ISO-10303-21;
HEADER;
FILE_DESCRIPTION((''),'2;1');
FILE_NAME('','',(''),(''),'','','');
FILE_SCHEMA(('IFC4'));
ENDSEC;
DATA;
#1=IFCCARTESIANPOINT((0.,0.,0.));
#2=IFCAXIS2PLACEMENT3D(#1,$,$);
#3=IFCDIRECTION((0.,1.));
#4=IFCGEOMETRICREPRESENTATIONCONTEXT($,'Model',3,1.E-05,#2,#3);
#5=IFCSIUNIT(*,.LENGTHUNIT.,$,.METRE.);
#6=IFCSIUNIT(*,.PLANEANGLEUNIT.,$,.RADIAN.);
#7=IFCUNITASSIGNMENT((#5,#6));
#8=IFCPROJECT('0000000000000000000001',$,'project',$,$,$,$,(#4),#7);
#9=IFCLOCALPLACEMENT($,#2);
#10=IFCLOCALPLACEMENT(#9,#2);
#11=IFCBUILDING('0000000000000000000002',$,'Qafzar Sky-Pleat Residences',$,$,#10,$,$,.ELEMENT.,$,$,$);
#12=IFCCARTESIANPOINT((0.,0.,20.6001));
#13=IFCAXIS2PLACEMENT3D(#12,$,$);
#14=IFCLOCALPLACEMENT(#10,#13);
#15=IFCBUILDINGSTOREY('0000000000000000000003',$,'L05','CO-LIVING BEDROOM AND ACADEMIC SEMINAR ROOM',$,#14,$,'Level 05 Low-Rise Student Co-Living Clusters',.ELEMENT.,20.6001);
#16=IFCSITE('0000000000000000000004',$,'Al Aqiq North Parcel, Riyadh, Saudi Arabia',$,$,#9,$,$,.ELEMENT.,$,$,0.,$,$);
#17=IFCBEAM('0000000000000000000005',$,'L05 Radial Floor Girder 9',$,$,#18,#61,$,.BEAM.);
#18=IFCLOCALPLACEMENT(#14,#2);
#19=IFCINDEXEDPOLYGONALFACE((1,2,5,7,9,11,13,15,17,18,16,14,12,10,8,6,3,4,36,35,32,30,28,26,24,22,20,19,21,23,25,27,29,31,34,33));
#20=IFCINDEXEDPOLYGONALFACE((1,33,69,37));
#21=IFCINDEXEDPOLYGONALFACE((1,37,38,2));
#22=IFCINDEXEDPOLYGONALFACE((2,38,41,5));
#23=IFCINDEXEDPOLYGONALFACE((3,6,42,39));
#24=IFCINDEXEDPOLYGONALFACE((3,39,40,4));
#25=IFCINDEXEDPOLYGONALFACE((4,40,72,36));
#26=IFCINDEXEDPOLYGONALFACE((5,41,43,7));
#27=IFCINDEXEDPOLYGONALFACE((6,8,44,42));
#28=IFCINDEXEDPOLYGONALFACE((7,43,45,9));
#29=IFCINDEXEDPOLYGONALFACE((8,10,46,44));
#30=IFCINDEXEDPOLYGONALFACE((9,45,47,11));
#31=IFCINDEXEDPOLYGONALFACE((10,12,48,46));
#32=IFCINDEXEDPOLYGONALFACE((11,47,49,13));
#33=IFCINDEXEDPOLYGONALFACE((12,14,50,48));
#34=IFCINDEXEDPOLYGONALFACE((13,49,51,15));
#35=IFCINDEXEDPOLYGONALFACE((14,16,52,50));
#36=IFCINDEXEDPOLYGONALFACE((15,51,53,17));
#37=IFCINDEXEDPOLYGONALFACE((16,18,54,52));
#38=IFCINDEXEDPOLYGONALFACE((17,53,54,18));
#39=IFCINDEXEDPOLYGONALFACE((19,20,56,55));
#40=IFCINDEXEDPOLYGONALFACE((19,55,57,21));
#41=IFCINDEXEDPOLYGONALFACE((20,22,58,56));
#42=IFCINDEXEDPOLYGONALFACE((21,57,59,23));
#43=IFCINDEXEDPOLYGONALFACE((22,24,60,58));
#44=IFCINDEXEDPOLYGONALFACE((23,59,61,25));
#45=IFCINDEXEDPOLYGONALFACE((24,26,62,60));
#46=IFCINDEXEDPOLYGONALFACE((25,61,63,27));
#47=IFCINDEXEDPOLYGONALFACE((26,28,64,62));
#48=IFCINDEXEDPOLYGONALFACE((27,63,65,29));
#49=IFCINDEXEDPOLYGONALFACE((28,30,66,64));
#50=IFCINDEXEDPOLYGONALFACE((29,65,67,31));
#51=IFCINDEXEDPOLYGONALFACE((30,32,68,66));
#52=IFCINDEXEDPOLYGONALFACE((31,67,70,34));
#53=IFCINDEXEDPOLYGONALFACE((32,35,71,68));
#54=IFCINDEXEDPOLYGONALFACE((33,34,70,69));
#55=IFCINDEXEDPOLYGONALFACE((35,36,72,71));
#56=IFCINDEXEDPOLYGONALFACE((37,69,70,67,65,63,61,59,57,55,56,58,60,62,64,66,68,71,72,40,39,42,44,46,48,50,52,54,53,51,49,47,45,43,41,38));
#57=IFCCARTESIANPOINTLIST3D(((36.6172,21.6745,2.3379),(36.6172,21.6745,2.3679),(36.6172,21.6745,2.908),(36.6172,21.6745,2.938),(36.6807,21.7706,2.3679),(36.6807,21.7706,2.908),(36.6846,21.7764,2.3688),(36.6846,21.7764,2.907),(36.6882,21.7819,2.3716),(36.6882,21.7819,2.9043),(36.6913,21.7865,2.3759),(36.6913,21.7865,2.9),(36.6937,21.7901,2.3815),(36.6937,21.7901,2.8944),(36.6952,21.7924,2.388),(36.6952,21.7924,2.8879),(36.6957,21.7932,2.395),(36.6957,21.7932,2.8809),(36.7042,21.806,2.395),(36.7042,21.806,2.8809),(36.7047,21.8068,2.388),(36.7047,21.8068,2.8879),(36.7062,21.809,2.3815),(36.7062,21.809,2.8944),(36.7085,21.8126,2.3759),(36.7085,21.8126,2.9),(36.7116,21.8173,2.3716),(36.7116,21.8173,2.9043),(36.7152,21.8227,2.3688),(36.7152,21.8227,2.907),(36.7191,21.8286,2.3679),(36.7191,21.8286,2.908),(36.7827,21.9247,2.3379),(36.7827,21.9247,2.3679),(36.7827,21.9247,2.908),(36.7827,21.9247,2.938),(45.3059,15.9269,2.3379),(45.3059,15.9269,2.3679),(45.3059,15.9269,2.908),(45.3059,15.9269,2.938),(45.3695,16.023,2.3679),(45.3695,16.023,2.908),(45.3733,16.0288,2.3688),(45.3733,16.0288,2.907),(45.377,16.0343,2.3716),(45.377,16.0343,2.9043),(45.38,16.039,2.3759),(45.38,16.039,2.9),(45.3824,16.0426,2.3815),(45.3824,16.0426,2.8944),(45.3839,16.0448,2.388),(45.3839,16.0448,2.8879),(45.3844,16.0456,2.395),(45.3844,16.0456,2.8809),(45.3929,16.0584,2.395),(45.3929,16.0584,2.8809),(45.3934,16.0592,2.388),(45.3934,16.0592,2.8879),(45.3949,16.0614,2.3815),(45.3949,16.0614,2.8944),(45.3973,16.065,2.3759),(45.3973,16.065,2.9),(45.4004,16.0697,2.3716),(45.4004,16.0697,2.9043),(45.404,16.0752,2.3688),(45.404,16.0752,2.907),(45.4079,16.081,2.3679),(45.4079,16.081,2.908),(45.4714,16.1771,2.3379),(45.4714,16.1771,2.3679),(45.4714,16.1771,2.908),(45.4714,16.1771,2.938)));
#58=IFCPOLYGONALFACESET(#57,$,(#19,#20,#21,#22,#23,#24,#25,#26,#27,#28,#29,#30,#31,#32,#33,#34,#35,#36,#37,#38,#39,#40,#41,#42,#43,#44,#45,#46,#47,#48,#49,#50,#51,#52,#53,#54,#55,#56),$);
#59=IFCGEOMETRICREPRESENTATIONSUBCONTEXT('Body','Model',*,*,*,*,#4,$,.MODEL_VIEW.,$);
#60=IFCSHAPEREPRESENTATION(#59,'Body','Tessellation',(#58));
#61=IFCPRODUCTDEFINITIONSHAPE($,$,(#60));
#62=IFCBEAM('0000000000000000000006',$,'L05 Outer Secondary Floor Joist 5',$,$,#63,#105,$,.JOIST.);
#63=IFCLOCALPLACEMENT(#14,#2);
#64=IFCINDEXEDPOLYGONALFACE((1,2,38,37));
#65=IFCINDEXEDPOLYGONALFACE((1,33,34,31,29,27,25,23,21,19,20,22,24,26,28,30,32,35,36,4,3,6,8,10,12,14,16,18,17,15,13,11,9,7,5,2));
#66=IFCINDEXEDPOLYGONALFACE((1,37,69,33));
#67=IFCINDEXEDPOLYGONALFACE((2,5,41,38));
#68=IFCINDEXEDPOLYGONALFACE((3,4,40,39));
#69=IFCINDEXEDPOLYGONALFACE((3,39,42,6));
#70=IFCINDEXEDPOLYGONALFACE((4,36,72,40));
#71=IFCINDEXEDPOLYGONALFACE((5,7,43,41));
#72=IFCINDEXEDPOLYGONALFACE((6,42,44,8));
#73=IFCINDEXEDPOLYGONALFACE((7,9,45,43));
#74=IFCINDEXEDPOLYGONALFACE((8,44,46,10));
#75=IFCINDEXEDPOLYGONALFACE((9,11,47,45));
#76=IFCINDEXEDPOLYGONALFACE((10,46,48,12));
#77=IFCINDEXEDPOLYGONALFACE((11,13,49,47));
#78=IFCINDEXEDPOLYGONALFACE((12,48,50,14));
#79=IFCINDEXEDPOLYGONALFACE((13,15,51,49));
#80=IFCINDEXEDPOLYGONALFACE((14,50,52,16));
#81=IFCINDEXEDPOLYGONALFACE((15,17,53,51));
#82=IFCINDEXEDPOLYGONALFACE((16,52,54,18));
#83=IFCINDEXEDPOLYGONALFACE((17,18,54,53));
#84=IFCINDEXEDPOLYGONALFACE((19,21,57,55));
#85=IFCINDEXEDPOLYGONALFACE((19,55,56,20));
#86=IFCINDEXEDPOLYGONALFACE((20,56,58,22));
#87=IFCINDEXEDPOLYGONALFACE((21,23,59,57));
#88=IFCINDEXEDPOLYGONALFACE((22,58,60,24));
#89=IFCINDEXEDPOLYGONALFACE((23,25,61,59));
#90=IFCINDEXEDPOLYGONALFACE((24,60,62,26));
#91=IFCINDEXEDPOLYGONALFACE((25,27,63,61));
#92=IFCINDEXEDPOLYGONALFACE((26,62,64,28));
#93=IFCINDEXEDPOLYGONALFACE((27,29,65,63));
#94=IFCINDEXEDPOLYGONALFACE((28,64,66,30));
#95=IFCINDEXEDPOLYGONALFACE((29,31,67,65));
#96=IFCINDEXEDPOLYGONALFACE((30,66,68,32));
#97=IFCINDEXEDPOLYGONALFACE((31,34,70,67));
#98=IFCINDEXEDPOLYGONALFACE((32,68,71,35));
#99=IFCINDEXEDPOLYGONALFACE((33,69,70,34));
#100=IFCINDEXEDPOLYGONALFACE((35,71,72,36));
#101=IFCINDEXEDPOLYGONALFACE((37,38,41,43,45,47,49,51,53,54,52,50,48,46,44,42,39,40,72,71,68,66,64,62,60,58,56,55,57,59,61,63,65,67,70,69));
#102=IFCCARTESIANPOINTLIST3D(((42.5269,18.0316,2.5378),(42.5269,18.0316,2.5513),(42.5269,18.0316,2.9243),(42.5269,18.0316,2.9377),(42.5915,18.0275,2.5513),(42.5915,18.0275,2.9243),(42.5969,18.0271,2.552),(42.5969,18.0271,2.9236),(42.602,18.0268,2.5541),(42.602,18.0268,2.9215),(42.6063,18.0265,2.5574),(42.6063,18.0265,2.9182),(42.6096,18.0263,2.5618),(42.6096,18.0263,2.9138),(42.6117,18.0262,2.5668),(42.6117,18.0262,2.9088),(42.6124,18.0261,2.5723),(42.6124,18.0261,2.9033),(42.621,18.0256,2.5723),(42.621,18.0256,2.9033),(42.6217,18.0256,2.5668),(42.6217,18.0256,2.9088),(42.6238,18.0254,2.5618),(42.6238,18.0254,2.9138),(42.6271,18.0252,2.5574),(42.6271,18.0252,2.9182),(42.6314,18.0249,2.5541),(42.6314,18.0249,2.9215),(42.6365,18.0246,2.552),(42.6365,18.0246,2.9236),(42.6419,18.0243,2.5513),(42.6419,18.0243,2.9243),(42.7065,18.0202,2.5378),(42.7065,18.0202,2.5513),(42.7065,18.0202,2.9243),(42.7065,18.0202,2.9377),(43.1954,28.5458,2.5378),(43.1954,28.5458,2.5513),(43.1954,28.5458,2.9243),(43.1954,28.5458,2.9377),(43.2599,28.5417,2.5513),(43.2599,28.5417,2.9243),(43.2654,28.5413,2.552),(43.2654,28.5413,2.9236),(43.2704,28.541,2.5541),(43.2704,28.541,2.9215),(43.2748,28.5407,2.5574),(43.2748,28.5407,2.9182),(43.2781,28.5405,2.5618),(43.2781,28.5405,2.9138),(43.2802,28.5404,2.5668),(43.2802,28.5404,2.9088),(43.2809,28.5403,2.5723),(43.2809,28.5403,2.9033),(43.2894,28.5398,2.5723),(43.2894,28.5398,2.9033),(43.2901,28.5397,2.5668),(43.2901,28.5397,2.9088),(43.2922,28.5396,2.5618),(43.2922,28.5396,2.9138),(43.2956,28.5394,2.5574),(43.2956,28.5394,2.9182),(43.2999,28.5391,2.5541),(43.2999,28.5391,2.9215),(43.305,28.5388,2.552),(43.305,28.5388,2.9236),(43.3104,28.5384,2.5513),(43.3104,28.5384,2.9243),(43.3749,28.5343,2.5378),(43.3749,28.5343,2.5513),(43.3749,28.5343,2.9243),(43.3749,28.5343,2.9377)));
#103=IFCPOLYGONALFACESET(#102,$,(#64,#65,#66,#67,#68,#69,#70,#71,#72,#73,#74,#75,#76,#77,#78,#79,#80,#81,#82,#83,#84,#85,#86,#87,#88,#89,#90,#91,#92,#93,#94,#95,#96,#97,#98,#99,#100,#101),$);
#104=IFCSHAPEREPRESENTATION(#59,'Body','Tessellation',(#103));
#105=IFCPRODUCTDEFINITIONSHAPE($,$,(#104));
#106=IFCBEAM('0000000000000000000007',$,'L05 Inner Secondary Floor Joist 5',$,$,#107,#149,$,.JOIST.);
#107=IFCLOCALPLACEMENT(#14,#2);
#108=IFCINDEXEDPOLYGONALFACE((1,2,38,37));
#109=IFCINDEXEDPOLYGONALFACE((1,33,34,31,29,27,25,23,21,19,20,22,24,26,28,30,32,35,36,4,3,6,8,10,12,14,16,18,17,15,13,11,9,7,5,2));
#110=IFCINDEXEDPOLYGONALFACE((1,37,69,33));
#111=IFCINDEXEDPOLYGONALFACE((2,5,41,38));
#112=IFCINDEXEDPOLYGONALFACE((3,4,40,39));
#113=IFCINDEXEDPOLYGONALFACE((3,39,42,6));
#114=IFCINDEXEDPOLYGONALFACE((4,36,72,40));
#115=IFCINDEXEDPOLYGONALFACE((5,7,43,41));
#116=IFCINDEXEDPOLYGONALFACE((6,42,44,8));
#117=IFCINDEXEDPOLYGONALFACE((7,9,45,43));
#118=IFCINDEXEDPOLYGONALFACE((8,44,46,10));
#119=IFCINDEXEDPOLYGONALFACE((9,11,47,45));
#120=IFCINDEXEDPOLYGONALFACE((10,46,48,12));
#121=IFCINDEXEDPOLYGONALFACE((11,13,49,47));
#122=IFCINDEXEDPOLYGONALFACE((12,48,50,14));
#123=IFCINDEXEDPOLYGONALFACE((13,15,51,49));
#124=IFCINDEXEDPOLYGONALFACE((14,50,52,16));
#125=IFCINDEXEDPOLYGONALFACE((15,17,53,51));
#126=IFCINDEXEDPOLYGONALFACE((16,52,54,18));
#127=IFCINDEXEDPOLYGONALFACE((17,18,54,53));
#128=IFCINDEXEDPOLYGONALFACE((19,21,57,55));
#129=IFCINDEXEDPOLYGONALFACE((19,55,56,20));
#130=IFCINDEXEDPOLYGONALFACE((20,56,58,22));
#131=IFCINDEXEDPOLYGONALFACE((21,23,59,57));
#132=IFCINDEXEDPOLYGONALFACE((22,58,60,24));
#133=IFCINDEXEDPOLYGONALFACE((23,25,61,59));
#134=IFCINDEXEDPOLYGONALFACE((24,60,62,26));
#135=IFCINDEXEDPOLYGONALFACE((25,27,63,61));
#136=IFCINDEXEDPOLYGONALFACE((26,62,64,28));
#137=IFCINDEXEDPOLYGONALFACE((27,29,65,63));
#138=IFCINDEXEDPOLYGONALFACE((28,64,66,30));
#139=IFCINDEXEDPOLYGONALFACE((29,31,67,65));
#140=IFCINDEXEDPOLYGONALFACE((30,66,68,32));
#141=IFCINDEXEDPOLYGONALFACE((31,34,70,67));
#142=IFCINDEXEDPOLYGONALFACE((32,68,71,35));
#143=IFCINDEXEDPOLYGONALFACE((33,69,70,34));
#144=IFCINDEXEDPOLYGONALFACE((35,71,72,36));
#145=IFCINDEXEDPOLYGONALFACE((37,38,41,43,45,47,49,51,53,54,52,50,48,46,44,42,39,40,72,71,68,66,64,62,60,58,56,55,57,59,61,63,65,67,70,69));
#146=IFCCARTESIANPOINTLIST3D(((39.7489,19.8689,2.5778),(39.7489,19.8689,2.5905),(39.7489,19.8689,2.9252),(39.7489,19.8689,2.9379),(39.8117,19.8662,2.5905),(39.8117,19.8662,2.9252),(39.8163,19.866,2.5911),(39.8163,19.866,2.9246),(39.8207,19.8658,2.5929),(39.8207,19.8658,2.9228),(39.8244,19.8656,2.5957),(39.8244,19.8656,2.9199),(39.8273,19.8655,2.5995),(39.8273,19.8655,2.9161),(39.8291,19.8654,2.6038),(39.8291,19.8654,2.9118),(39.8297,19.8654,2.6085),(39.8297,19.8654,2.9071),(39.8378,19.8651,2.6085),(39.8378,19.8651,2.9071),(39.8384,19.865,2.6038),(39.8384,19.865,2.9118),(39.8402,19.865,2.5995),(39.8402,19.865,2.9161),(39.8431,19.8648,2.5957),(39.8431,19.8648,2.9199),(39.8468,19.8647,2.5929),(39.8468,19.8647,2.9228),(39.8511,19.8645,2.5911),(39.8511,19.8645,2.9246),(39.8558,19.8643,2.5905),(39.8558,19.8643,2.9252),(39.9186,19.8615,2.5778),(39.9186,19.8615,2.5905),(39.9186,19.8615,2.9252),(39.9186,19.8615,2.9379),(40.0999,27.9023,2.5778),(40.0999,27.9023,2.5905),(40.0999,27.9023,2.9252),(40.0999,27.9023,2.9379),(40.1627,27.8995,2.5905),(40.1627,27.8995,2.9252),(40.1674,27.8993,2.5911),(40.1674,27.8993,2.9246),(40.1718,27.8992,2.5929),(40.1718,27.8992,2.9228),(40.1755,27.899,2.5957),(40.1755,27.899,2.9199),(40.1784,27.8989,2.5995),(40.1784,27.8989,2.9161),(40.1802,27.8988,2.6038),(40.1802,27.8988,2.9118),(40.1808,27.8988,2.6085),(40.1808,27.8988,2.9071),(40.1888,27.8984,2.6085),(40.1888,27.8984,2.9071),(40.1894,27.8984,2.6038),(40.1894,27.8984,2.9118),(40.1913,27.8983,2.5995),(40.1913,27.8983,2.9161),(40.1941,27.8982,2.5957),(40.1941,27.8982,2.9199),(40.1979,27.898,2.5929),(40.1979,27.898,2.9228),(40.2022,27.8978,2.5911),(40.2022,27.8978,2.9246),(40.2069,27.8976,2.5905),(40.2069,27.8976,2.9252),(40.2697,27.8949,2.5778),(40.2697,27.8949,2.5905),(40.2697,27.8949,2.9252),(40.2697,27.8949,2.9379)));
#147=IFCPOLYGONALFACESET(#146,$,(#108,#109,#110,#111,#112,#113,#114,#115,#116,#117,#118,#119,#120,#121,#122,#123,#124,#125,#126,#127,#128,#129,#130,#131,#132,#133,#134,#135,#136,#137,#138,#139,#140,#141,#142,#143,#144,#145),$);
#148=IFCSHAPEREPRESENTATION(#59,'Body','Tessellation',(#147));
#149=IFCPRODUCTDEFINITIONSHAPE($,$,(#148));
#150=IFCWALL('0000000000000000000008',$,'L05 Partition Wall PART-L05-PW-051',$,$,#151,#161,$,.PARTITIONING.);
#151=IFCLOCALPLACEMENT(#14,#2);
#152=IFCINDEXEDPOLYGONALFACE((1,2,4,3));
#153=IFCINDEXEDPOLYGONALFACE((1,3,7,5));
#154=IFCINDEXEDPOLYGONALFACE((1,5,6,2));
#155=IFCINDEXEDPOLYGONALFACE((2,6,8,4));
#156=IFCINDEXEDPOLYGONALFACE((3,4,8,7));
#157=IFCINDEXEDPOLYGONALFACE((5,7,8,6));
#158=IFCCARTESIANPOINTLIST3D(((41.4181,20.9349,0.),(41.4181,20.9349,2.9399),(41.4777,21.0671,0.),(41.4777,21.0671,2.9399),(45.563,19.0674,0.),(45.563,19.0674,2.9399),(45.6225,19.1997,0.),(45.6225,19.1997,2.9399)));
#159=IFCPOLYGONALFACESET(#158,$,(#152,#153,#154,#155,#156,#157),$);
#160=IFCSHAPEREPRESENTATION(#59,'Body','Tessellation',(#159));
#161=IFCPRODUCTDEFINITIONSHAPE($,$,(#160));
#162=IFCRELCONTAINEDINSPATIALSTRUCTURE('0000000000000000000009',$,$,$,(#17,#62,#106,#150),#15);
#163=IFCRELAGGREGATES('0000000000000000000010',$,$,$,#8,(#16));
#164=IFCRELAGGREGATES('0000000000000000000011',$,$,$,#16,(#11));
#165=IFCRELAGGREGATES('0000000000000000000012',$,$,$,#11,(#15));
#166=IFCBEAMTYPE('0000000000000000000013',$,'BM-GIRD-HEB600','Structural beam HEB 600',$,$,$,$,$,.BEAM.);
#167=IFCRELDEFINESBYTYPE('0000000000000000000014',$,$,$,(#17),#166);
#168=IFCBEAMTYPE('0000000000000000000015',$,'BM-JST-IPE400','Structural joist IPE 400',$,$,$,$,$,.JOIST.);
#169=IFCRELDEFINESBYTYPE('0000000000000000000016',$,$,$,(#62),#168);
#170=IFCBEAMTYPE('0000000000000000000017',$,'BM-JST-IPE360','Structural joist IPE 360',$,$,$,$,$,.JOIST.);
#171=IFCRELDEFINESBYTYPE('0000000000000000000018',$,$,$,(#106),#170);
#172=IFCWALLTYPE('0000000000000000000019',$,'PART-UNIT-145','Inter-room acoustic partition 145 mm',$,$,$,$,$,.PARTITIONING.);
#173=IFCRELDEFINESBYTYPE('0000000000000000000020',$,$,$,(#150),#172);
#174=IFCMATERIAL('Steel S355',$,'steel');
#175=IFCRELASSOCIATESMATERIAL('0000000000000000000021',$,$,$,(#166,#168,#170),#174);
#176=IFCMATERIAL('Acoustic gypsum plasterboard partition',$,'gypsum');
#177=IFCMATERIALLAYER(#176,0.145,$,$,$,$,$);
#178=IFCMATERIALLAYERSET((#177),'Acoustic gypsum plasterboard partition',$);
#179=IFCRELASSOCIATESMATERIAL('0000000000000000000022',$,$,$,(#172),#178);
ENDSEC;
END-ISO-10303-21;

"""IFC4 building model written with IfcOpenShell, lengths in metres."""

from ifc_helpers import new_model, si_unit, direction, frame, frame_2d, origin, origin_2d, place, context, subcontext, project, spatial, rectangle, i_section, extrude, source, transform, mapped, material, layer, layer_set, material_profile, profile_set, type_object, element, save


model = new_model("IFC4")

# Units and contexts
model_context = context("Model", 3, precision=1e-05, world=origin(), true_north=direction((0.0, 1.0)))
body_context = subcontext(model_context, "Body", "Model", "MODEL_VIEW")
ifc_project = project(units=[si_unit("LENGTHUNIT", "METRE"), si_unit("PLANEANGLEUNIT", "RADIAN")], contexts=[model_context])

# Site, building, storey
site_placement = place(None, origin())
site = spatial("IfcSite", under=ifc_project, at=site_placement, Name="Al Aqiq North Parcel, Riyadh, Saudi Arabia", CompositionType="ELEMENT", RefElevation=0.0)
building_placement = place(site_placement, origin())
building = spatial("IfcBuilding", under=site, at=building_placement, Name="Qafzar Sky-Pleat Residences", CompositionType="ELEMENT")
storey_placement = place(building_placement, frame((0.0, 0.0, 20.6001)))
storey = spatial("IfcBuildingStorey", under=building, at=storey_placement, Name="L05", Description="CO-LIVING BEDROOM AND ACADEMIC SEMINAR ROOM", LongName="Level 05 Low-Rise Student Co-Living Clusters", CompositionType="ELEMENT", Elevation=20.6001)

# Beams
ifc_material_1 = material(Name="Steel S355", Category="steel")
ifc_material_profile_1 = material_profile(ifc_material_1, i_section(OverallWidth=0.3, OverallDepth=0.6001, WebThickness=0.0154, FlangeThickness=0.03, FilletRadius=0.0271, at=origin_2d()), Name="HEB 600")
ifc_profile_set_1 = profile_set([ifc_material_profile_1], Name="Steel S355")
beam_type_1 = type_object("IfcBeamType", Name="BM-GIRD-HEB600", Description="Structural beam HEB 600", PredefinedType="BEAM", material=ifc_profile_set_1)
shared_shape_1 = source(origin(), body_context, "Body", "SweptSolid", [
    extrude(i_section(OverallWidth=0.3, OverallDepth=0.6001, WebThickness=0.0154, FlangeThickness=0.03, FilletRadius=0.0271, at=origin_2d()), origin(), (0.0, 0.0, 1.0), 10.4177),
])
beam_1_placement = place(storey_placement, frame((45.3887, 16.052, 2.6379), z_axis=(-0.834035, 0.551711, 0.0), x_axis=(-0.551711, -0.834035, 0.0)))
element("IfcBeam", 1, at=beam_1_placement, inside=storey, type_object=beam_type_1, Name="L05 Radial Floor Girder 9", PredefinedType="BEAM", context=body_context, shape_type="MappedRepresentation", body=[
    mapped(shared_shape_1, transform((0.0, 0.0, 0.0), x_axis=(1.0, 0.0, 0.0), y_axis=(0.0, 1.0, 0.0), z_axis=(0.0, 0.0, 1.0), scale=1.0)),
])
ifc_material_profile_2 = material_profile(ifc_material_1, i_section(OverallWidth=0.1799, OverallDepth=0.3999, WebThickness=0.0085, FlangeThickness=0.0134, FilletRadius=0.021, at=origin_2d()), Name="IPE 400")
ifc_profile_set_2 = profile_set([ifc_material_profile_2], Name="Steel S355")
beam_type_2 = type_object("IfcBeamType", Name="BM-JST-IPE400", Description="Structural joist IPE 400", PredefinedType="JOIST", material=ifc_profile_set_2)
shared_shape_2 = source(origin(), body_context, "Body", "SweptSolid", [
    extrude(i_section(OverallWidth=0.1799, OverallDepth=0.3999, WebThickness=0.0085, FlangeThickness=0.0134, FilletRadius=0.021, at=origin_2d()), origin(), (0.0, 0.0, 1.0), 10.5354),
])
beam_2_placement = place(storey_placement, frame((42.6167, 18.0259, 2.7378), z_axis=(0.063449, 0.997985, 0.0), x_axis=(-0.997985, 0.063449, 0.0)))
element("IfcBeam", 2, at=beam_2_placement, inside=storey, type_object=beam_type_2, Name="L05 Outer Secondary Floor Joist 5", PredefinedType="JOIST", context=body_context, shape_type="MappedRepresentation", body=[
    mapped(shared_shape_2, transform((0.0, 0.0, 0.0), x_axis=(1.0, 0.0, 0.0), y_axis=(0.0, 1.0, 0.0), z_axis=(0.0, 0.0, 1.0), scale=1.0)),
])
ifc_material_profile_3 = material_profile(ifc_material_1, i_section(OverallWidth=0.1699, OverallDepth=0.3601, WebThickness=0.0081, FlangeThickness=0.0127, FilletRadius=0.0181, at=origin_2d()), Name="IPE 360")
ifc_profile_set_3 = profile_set([ifc_material_profile_3], Name="Steel S355")
beam_type_3 = type_object("IfcBeamType", Name="BM-JST-IPE360", Description="Structural joist IPE 360", PredefinedType="JOIST", material=ifc_profile_set_3)
shared_shape_3 = source(origin(), body_context, "Body", "SweptSolid", [
    extrude(i_section(OverallWidth=0.1699, OverallDepth=0.3601, WebThickness=0.0081, FlangeThickness=0.0127, FilletRadius=0.0181, at=origin_2d()), origin(), (0.0, 0.0, 1.0), 8.041),
])
beam_3_placement = place(storey_placement, frame((39.8337, 19.8652, 2.7578), z_axis=(0.04366, 0.999046, 0.0), x_axis=(-0.999046, 0.04366, 0.0)))
element("IfcBeam", 3, at=beam_3_placement, inside=storey, type_object=beam_type_3, Name="L05 Inner Secondary Floor Joist 5", PredefinedType="JOIST", context=body_context, shape_type="MappedRepresentation", body=[
    mapped(shared_shape_3, transform((0.0, 0.0, 0.0), x_axis=(1.0, 0.0, 0.0), y_axis=(0.0, 1.0, 0.0), z_axis=(0.0, 0.0, 1.0), scale=1.0)),
])

# Wall
ifc_material_2 = material(Name="Acoustic gypsum plasterboard partition", Category="gypsum")
ifc_layer_1 = layer(ifc_material_2, 0.145)
ifc_layer_set_1 = layer_set([ifc_layer_1], Name="Acoustic gypsum plasterboard partition")
wall_type_1 = type_object("IfcWallType", Name="PART-UNIT-145", Description="Inter-room acoustic partition 145 mm", PredefinedType="PARTITIONING", material=ifc_layer_set_1)
wall_1_placement = place(storey_placement, frame((41.448, 21.001, 0.0), z_axis=(0.0, 0.0, 1.0), x_axis=(0.911734, -0.410782, 0.0)))
element("IfcWall", 4, at=wall_1_placement, inside=storey, type_object=wall_type_1, Name="L05 Partition Wall PART-L05-PW-051", PredefinedType="PARTITIONING", context=body_context, shape_type="SweptSolid", body=[
    extrude(rectangle(XDim=4.5461, YDim=0.145, at=frame_2d((2.2729, 0.0))), origin(), (0.0, 0.0, 1.0), 2.9399),
])

save(model, "model.ifc")
